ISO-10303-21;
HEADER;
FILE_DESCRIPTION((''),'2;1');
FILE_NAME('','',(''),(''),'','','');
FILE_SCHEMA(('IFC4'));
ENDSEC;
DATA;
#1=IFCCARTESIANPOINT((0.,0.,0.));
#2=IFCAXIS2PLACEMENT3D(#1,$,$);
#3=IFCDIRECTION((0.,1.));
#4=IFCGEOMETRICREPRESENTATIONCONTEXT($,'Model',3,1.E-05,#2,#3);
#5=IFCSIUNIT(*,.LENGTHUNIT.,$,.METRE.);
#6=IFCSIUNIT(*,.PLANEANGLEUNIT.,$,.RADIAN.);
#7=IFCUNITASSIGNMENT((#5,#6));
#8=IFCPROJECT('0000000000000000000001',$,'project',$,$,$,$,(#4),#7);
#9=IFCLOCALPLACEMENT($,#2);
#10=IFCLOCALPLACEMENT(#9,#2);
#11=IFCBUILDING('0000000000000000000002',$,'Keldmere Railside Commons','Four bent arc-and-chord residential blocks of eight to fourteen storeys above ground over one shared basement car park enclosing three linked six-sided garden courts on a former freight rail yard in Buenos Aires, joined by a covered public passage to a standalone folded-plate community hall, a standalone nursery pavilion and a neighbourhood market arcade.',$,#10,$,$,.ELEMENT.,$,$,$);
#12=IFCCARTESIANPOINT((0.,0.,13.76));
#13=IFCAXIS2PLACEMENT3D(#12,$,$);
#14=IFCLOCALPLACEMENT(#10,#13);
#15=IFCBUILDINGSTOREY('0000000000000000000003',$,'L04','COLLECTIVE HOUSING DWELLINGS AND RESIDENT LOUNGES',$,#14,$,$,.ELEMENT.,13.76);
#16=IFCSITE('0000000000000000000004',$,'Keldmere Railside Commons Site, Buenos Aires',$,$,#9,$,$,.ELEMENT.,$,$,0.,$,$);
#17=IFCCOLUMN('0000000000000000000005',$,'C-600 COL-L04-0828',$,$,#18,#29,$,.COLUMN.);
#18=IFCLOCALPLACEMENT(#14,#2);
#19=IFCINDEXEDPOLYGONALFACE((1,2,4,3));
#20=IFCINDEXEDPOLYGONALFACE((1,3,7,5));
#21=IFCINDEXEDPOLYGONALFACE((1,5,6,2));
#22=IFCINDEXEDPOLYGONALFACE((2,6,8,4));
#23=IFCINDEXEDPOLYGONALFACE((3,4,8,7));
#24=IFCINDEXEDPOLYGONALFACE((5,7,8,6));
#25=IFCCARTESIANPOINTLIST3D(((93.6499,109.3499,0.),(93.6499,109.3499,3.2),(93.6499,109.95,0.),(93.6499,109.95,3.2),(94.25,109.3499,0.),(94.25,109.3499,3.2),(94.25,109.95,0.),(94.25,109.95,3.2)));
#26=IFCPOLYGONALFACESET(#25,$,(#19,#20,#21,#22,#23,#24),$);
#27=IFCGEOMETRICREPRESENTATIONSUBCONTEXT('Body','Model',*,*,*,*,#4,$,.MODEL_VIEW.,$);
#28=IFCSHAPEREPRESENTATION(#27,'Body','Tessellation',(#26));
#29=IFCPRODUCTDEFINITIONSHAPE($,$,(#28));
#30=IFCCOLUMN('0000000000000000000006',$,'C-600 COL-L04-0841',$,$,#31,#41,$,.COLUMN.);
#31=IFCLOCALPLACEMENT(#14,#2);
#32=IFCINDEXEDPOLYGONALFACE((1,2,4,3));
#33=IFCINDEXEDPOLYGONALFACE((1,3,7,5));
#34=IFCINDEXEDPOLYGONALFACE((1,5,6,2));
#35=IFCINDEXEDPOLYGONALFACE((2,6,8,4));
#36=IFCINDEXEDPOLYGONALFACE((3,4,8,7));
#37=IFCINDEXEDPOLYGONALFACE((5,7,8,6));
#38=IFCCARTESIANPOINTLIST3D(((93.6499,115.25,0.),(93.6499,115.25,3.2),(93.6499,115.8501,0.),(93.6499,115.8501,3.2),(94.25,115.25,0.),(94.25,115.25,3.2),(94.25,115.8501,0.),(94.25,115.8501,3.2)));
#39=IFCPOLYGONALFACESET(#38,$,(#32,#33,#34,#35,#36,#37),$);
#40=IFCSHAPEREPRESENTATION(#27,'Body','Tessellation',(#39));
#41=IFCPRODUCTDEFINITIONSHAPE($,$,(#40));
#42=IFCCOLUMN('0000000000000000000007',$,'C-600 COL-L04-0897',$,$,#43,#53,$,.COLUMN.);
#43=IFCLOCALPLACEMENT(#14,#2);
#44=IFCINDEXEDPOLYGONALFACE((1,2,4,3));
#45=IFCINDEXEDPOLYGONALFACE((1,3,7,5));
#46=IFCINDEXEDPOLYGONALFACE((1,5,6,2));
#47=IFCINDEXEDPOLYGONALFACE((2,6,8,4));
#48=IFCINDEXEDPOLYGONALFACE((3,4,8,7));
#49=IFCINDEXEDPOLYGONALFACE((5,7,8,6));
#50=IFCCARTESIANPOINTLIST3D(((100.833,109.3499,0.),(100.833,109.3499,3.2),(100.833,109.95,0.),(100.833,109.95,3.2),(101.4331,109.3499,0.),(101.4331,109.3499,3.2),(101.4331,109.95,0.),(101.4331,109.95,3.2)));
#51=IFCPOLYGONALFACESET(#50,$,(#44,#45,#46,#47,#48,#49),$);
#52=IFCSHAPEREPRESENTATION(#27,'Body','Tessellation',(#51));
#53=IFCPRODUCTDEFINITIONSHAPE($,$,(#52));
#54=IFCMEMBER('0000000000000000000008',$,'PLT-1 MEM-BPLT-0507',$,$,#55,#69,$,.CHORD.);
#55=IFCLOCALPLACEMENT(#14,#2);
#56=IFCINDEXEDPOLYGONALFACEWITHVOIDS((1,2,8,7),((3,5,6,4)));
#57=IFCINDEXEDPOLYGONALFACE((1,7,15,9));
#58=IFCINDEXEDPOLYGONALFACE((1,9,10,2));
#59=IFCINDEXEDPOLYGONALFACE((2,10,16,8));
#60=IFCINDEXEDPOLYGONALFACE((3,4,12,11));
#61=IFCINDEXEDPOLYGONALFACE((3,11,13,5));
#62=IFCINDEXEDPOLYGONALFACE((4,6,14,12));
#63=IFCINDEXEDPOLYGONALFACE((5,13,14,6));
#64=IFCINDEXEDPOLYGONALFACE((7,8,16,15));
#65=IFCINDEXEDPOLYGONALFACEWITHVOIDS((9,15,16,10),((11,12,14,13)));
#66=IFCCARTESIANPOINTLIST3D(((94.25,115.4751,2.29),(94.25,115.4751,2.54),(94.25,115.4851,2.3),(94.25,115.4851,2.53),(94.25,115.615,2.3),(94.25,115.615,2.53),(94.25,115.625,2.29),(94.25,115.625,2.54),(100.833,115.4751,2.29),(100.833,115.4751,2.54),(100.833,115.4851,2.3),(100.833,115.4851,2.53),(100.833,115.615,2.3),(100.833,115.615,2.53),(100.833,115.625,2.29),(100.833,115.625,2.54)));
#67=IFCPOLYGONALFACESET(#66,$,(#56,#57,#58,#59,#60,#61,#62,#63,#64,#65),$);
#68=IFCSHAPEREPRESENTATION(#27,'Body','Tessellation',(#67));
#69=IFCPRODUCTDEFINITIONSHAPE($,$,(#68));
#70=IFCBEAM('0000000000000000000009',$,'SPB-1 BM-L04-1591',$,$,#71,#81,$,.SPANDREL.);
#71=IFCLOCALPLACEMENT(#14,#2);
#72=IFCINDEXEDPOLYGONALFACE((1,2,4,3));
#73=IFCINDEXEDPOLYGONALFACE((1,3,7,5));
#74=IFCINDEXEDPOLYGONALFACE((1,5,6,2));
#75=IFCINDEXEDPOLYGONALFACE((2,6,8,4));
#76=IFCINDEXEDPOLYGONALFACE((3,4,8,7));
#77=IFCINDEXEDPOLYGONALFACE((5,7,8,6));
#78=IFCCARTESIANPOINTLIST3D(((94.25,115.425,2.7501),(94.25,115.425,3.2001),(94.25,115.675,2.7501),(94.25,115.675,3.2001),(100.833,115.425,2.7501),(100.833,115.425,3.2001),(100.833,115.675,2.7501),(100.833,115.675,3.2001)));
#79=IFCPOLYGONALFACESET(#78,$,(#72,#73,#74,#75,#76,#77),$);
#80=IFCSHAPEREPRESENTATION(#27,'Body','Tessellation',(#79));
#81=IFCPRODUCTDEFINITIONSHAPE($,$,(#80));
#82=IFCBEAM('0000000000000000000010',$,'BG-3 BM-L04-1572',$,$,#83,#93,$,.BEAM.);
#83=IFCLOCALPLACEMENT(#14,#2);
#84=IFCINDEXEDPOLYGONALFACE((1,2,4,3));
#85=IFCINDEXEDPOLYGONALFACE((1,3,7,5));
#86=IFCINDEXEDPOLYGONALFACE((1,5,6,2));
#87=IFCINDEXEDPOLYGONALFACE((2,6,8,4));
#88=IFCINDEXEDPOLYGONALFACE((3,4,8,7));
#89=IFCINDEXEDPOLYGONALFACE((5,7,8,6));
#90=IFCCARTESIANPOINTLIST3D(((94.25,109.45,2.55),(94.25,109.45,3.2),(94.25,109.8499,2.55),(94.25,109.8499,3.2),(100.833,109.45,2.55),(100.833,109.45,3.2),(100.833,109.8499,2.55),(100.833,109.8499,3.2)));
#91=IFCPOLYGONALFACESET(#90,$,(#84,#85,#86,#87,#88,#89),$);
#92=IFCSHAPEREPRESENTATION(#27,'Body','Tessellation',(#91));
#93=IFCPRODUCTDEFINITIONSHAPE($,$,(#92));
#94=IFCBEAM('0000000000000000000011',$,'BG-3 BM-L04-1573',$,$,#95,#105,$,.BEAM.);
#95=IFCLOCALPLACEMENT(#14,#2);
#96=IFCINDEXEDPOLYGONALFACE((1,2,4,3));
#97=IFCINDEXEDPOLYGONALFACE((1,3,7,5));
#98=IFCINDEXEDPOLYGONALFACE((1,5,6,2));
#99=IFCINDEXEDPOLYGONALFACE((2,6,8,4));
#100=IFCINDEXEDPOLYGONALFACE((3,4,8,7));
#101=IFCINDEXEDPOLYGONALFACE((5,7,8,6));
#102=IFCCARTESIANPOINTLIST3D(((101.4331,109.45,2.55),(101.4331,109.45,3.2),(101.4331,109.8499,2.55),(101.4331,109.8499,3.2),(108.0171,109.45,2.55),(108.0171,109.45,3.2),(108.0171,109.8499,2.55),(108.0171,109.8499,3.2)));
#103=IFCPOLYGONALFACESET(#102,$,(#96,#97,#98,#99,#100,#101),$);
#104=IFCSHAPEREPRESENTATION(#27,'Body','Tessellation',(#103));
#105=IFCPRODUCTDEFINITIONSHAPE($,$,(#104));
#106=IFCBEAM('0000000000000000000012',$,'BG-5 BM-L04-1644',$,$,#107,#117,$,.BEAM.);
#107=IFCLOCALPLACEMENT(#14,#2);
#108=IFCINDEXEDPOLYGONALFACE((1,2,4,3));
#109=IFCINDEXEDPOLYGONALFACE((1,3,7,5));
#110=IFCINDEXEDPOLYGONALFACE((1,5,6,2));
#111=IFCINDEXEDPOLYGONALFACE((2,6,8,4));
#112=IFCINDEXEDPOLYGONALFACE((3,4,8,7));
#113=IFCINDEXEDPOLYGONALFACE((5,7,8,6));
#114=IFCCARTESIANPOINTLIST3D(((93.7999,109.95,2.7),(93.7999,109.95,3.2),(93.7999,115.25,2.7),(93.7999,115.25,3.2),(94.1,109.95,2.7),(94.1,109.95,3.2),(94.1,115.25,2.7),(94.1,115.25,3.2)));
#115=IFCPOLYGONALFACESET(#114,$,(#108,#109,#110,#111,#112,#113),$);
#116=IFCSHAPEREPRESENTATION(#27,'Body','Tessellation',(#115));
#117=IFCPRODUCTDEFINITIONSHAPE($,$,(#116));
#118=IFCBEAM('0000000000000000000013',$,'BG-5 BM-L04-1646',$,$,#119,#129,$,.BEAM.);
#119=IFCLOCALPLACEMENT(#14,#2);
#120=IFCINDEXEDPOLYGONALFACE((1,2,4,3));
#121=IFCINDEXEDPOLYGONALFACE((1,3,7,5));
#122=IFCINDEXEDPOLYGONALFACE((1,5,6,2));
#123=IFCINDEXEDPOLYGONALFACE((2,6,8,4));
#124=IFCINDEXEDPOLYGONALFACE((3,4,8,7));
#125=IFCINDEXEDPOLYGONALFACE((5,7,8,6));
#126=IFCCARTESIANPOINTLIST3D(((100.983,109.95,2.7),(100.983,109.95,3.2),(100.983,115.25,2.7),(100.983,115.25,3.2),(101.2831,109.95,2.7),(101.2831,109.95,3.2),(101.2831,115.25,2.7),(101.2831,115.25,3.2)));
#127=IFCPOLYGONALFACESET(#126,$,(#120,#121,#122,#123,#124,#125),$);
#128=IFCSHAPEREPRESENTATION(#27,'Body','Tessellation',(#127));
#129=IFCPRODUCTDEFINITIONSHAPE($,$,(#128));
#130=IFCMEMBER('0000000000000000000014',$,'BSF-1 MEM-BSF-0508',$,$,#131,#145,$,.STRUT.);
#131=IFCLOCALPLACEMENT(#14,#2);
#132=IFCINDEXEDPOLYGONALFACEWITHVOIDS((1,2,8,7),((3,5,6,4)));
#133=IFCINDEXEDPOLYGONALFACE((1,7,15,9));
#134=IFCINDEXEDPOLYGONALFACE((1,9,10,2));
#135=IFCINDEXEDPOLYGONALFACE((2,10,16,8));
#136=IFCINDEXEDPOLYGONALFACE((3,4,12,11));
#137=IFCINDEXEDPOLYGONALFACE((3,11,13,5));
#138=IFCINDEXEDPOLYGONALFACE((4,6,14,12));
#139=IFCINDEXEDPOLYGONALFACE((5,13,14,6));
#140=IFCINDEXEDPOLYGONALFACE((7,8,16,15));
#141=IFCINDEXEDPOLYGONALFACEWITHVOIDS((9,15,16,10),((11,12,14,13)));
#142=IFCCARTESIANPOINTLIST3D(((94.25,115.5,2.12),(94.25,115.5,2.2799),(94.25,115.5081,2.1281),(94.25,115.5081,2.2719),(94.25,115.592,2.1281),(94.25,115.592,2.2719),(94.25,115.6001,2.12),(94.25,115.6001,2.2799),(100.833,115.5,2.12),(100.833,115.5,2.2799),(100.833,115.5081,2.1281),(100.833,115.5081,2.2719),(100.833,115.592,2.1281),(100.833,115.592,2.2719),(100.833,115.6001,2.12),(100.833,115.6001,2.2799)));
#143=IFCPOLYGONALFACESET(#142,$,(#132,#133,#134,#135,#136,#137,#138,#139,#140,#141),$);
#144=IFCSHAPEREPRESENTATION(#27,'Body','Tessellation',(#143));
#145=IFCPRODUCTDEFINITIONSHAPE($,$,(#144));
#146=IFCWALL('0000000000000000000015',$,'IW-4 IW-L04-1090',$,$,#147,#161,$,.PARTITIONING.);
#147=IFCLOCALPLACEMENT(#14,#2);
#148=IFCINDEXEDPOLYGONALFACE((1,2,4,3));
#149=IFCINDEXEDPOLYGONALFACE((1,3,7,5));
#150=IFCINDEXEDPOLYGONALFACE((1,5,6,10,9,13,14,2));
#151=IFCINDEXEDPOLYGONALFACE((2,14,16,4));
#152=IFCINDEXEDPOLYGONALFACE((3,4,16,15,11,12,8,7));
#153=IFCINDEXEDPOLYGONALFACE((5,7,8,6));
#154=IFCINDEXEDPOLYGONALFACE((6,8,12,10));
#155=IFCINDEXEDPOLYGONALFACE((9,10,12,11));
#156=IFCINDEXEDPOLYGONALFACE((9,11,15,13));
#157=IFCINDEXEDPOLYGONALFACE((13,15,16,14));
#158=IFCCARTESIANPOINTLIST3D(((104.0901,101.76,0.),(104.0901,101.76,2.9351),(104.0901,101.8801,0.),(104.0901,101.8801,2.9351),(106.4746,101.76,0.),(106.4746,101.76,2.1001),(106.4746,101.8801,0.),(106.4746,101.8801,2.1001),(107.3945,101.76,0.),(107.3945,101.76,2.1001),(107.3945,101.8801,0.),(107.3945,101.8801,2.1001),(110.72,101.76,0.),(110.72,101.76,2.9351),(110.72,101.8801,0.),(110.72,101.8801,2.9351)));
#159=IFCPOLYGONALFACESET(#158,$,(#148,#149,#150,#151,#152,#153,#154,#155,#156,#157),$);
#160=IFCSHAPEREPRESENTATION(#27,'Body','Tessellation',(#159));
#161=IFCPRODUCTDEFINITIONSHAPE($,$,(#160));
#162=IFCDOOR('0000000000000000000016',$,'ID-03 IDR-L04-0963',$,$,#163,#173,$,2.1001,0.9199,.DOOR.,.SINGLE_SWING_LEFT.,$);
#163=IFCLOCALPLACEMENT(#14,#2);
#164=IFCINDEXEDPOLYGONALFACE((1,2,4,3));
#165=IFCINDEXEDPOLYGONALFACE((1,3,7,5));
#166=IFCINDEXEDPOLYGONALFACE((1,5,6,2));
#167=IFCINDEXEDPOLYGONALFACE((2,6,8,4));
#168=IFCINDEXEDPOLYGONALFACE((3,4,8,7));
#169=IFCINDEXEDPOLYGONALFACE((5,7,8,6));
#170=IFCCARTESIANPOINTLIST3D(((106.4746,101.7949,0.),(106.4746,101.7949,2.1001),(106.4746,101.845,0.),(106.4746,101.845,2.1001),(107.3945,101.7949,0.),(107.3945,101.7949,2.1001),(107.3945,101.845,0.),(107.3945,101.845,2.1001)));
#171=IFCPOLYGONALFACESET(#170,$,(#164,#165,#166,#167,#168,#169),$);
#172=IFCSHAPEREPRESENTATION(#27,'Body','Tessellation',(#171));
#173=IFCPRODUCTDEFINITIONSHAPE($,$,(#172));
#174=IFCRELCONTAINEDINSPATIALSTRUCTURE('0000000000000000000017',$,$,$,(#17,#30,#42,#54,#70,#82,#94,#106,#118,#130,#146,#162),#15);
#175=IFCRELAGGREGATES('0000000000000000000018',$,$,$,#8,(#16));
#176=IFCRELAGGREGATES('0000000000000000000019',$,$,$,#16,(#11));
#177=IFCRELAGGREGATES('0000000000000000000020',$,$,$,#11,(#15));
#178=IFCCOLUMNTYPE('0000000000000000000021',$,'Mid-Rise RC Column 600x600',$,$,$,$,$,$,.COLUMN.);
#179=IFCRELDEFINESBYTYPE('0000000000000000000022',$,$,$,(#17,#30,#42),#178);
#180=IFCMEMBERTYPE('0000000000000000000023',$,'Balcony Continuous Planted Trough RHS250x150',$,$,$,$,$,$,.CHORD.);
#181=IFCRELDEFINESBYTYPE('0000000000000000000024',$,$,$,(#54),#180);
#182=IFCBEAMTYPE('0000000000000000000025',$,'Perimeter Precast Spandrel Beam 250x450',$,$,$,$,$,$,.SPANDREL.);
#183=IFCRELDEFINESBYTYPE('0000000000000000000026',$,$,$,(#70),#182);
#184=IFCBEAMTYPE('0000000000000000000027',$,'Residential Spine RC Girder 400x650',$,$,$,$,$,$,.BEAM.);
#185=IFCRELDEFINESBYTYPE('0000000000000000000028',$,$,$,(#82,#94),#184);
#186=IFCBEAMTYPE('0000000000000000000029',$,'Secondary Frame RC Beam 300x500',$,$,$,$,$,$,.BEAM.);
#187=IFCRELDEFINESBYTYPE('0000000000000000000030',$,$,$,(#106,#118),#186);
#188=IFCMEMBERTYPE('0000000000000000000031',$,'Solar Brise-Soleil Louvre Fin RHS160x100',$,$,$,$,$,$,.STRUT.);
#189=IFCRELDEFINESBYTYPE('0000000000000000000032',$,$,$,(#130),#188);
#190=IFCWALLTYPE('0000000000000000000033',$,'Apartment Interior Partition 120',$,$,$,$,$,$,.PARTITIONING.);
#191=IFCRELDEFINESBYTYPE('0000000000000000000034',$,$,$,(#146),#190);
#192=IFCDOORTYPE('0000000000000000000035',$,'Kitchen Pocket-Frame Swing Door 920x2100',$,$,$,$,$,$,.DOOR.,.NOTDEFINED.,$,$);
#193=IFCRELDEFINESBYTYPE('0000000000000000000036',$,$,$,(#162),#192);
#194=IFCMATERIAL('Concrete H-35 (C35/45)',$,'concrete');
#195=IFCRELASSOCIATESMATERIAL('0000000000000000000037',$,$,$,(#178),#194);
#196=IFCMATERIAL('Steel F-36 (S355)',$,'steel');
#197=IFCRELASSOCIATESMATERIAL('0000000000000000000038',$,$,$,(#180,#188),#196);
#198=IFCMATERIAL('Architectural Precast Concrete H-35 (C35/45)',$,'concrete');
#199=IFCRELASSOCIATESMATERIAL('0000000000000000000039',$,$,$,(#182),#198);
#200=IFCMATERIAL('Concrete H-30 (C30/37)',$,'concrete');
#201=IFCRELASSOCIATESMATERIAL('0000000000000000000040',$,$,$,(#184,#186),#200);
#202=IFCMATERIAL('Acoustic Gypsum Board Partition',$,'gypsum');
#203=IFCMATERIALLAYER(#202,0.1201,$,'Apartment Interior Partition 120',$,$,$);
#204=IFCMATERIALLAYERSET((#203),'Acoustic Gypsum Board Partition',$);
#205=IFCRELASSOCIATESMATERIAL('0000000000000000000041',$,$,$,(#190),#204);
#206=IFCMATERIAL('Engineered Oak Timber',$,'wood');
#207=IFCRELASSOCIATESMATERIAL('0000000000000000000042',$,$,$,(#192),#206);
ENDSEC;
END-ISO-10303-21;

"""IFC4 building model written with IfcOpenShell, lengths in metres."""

from ifc_helpers import new_model, si_unit, direction, frame, frame_2d, origin, origin_2d, place, context, subcontext, project, spatial, rectangle, hollow_rectangle, extrude, material, layer, layer_set, material_profile, profile_set, type_object, element, fill, save


model = new_model("IFC4")

# Units and contexts
model_context = context("Model", 3, precision=1e-05, world=origin(), true_north=direction((0.0, 1.0)))
body_context = subcontext(model_context, "Body", "Model", "MODEL_VIEW")
ifc_project = project(units=[si_unit("LENGTHUNIT", "METRE"), si_unit("PLANEANGLEUNIT", "RADIAN")], contexts=[model_context])

# Site, building, storey
site_placement = place(None, origin())
site = spatial("IfcSite", under=ifc_project, at=site_placement, Name="Keldmere Railside Commons Site, Buenos Aires", CompositionType="ELEMENT", RefElevation=0.0)
building_placement = place(site_placement, origin())
building = spatial("IfcBuilding", under=site, at=building_placement, Name="Keldmere Railside Commons", Description="Four bent arc-and-chord residential blocks of eight to fourteen storeys above ground over one shared basement car park enclosing three linked six-sided garden courts on a former freight rail yard in Buenos Aires, joined by a covered public passage to a standalone folded-plate community hall, a standalone nursery pavilion and a neighbourhood market arcade.", CompositionType="ELEMENT")
storey_placement = place(building_placement, frame((0.0, 0.0, 13.76)))
storey = spatial("IfcBuildingStorey", under=building, at=storey_placement, Name="L04", Description="COLLECTIVE HOUSING DWELLINGS AND RESIDENT LOUNGES", CompositionType="ELEMENT", Elevation=13.76)

# Columns
ifc_material_1 = material(Name="Concrete H-35 (C35/45)", Category="concrete")
ifc_material_profile_1 = material_profile(ifc_material_1, rectangle(XDim=0.6001, YDim=0.6001, at=origin_2d()), Name="RC-600x600")
ifc_profile_set_1 = profile_set([ifc_material_profile_1], Name="Concrete H-35 (C35/45)")
column_type = type_object("IfcColumnType", Name="Mid-Rise RC Column 600x600", PredefinedType="COLUMN", material=ifc_profile_set_1)
for number, where, z_axis, x_axis, name in (
    (1, (93.95, 109.6499, 0.0), (0.0, 0.0, 1.0), (1.0, 0.0, 0.0), "C-600 COL-L04-0828"),
    (2, (93.95, 115.55, 0.0), (0.0, 0.0, 1.0), (1.0, 0.0, 0.0), "C-600 COL-L04-0841"),
    (3, (101.1331, 109.6499, 0.0), (0.0, 0.0, 1.0), (1.0, 0.0, 0.0), "C-600 COL-L04-0897"),
):
    element("IfcColumn", number, at=place(storey_placement, frame(where, z_axis=z_axis, x_axis=x_axis)), inside=storey, type_object=column_type, Name=name, PredefinedType="COLUMN", context=body_context, shape_type="SweptSolid", body=[
        extrude(rectangle(XDim=0.6001, YDim=0.6001, at=origin_2d()), origin(), (0.0, 0.0, 1.0), 3.2),
    ])

# Member
ifc_material_2 = material(Name="Steel F-36 (S355)", Category="steel")
ifc_material_profile_2 = material_profile(ifc_material_2, hollow_rectangle(XDim=0.1499, YDim=0.25, WallThickness=0.01, at=origin_2d()), Name="RHS-250x150x10")
ifc_profile_set_2 = profile_set([ifc_material_profile_2], Name="Steel F-36 (S355)")
member_type_1 = type_object("IfcMemberType", Name="Balcony Continuous Planted Trough RHS250x150", PredefinedType="CHORD", material=ifc_profile_set_2)
member_1_placement = place(storey_placement, frame((94.25, 115.55, 2.415), z_axis=(1.0, 0.0, 0.0), x_axis=(0.0, 1.0, 0.0)))
element("IfcMember", 4, at=member_1_placement, inside=storey, type_object=member_type_1, Name="PLT-1 MEM-BPLT-0507", PredefinedType="CHORD", context=body_context, shape_type="SweptSolid", body=[
    extrude(hollow_rectangle(XDim=0.1499, YDim=0.25, WallThickness=0.01, at=origin_2d()), origin(), (0.0, 0.0, 1.0), 6.583),
])

# Beams
ifc_material_3 = material(Name="Architectural Precast Concrete H-35 (C35/45)", Category="concrete")
ifc_material_profile_3 = material_profile(ifc_material_3, rectangle(XDim=0.25, YDim=0.45, at=origin_2d()), Name="RC-250x450")
ifc_profile_set_3 = profile_set([ifc_material_profile_3], Name="Architectural Precast Concrete H-35 (C35/45)")
beam_type_1 = type_object("IfcBeamType", Name="Perimeter Precast Spandrel Beam 250x450", PredefinedType="SPANDREL", material=ifc_profile_set_3)
beam_1_placement = place(storey_placement, frame((94.25, 115.55, 2.9751), z_axis=(1.0, 0.0, 0.0), x_axis=(0.0, 1.0, 0.0)))
element("IfcBeam", 5, at=beam_1_placement, inside=storey, type_object=beam_type_1, Name="SPB-1 BM-L04-1591", PredefinedType="SPANDREL", context=body_context, shape_type="SweptSolid", body=[
    extrude(rectangle(XDim=0.25, YDim=0.45, at=origin_2d()), origin(), (0.0, 0.0, 1.0), 6.583),
])
ifc_material_4 = material(Name="Concrete H-30 (C30/37)", Category="concrete")
ifc_material_profile_4 = material_profile(ifc_material_4, rectangle(XDim=0.3999, YDim=0.6499, at=origin_2d()), Name="RC-400x650")
ifc_profile_set_4 = profile_set([ifc_material_profile_4], Name="Concrete H-30 (C30/37)")
beam_type_2 = type_object("IfcBeamType", Name="Residential Spine RC Girder 400x650", PredefinedType="BEAM", material=ifc_profile_set_4)
beam_2_placement = place(storey_placement, frame((94.25, 109.6499, 2.875), z_axis=(1.0, 0.0, 0.0), x_axis=(0.0, 1.0, 0.0)))
element("IfcBeam", 6, at=beam_2_placement, inside=storey, type_object=beam_type_2, Name="BG-3 BM-L04-1572", PredefinedType="BEAM", context=body_context, shape_type="SweptSolid", body=[
    extrude(rectangle(XDim=0.3999, YDim=0.6499, at=origin_2d()), origin(), (0.0, 0.0, 1.0), 6.583),
])
beam_3_placement = place(storey_placement, frame((101.4331, 109.6499, 2.875), z_axis=(1.0, 0.0, 0.0), x_axis=(0.0, 1.0, 0.0)))
element("IfcBeam", 7, at=beam_3_placement, inside=storey, type_object=beam_type_2, Name="BG-3 BM-L04-1573", PredefinedType="BEAM", context=body_context, shape_type="SweptSolid", body=[
    extrude(rectangle(XDim=0.3999, YDim=0.6499, at=origin_2d()), origin(), (0.0, 0.0, 1.0), 6.584),
])
ifc_material_profile_5 = material_profile(ifc_material_4, rectangle(XDim=0.3, YDim=0.5, at=origin_2d()), Name="RC-300x500")
ifc_profile_set_5 = profile_set([ifc_material_profile_5], Name="Concrete H-30 (C30/37)")
beam_type_3 = type_object("IfcBeamType", Name="Secondary Frame RC Beam 300x500", PredefinedType="BEAM", material=ifc_profile_set_5)
for number, where, z_axis, x_axis, name in (
    (8, (93.95, 109.95, 2.95), (0.0, 1.0, 0.0), (-1.0, 0.0, 0.0), "BG-5 BM-L04-1644"),
    (9, (101.1331, 109.95, 2.95), (0.0, 1.0, 0.0), (-1.0, 0.0, 0.0), "BG-5 BM-L04-1646"),
):
    element("IfcBeam", number, at=place(storey_placement, frame(where, z_axis=z_axis, x_axis=x_axis)), inside=storey, type_object=beam_type_3, Name=name, PredefinedType="BEAM", context=body_context, shape_type="SweptSolid", body=[
        extrude(rectangle(XDim=0.3, YDim=0.5, at=origin_2d()), origin(), (0.0, 0.0, 1.0), 5.3),
    ])

# Member
ifc_material_profile_6 = material_profile(ifc_material_2, hollow_rectangle(XDim=0.1001, YDim=0.1599, WallThickness=0.0081, at=origin_2d()), Name="RHS-160x100x8")
ifc_profile_set_6 = profile_set([ifc_material_profile_6], Name="Steel F-36 (S355)")
member_type_2 = type_object("IfcMemberType", Name="Solar Brise-Soleil Louvre Fin RHS160x100", PredefinedType="STRUT", material=ifc_profile_set_6)
member_2_placement = place(storey_placement, frame((94.25, 115.55, 2.2), z_axis=(1.0, 0.0, 0.0), x_axis=(0.0, 1.0, 0.0)))
element("IfcMember", 10, at=member_2_placement, inside=storey, type_object=member_type_2, Name="BSF-1 MEM-BSF-0508", PredefinedType="STRUT", context=body_context, shape_type="SweptSolid", body=[
    extrude(hollow_rectangle(XDim=0.1001, YDim=0.1599, WallThickness=0.0081, at=origin_2d()), origin(), (0.0, 0.0, 1.0), 6.583),
])

# Wall, opening, door
ifc_material_5 = material(Name="Acoustic Gypsum Board Partition", Category="gypsum")
ifc_layer_1 = layer(ifc_material_5, 0.1201, Name="Apartment Interior Partition 120")
ifc_layer_set_1 = layer_set([ifc_layer_1], Name="Acoustic Gypsum Board Partition")
wall_type_1 = type_object("IfcWallType", Name="Apartment Interior Partition 120", PredefinedType="PARTITIONING", material=ifc_layer_set_1)
wall_1_placement = place(storey_placement, frame((104.0901, 101.8201, 0.0), z_axis=(0.0, 0.0, 1.0), x_axis=(1.0, 0.0, 0.0)))
wall_1 = element("IfcWall", 11, at=wall_1_placement, inside=storey, type_object=wall_type_1, Name="IW-4 IW-L04-1090", PredefinedType="PARTITIONING", context=body_context, shape_type="SweptSolid", body=[
    extrude(rectangle(XDim=6.6299, YDim=0.1201, at=frame_2d((3.3149, 0.0))), origin(), (0.0, 0.0, 1.0), 2.9351),
])
opening_1_placement = place(wall_1_placement, frame((2.3845, 0.0, 0.0)))
opening_1 = element("IfcOpeningElement", 12, at=opening_1_placement, cuts=wall_1, PredefinedType="OPENING", context=body_context, shape_type="SweptSolid", body=[
    extrude(rectangle(XDim=0.9199, YDim=2.1001, at=frame_2d((0.46, 1.05))), frame((0.0, 0.0701, 0.0), z_axis=(0.0, -1.0, 0.0), x_axis=(1.0, 0.0, 0.0)), (0.0, 0.0, 1.0), 0.1401),
])
ifc_material_6 = material(Name="Engineered Oak Timber", Category="wood")
door_type_1 = type_object("IfcDoorType", Name="Kitchen Pocket-Frame Swing Door 920x2100", OperationType="NOTDEFINED", PredefinedType="DOOR", material=ifc_material_6)
door_1_placement = place(opening_1_placement, origin())
door_1 = element("IfcDoor", 13, at=door_1_placement, inside=storey, type_object=door_type_1, Name="ID-03 IDR-L04-0963", OperationType="SINGLE_SWING_LEFT", OverallHeight=2.1001, OverallWidth=0.9199, PredefinedType="DOOR", context=body_context, shape_type="SweptSolid", body=[
    extrude(rectangle(XDim=0.9199, YDim=2.1001, at=frame_2d((0.46, 1.05))), frame((0.0, 0.0249, 0.0), z_axis=(0.0, -1.0, 0.0), x_axis=(1.0, 0.0, 0.0)), (0.0, 0.0, 1.0), 0.05),
])
fill(opening_1, door_1)

save(model, "model.ifc")
